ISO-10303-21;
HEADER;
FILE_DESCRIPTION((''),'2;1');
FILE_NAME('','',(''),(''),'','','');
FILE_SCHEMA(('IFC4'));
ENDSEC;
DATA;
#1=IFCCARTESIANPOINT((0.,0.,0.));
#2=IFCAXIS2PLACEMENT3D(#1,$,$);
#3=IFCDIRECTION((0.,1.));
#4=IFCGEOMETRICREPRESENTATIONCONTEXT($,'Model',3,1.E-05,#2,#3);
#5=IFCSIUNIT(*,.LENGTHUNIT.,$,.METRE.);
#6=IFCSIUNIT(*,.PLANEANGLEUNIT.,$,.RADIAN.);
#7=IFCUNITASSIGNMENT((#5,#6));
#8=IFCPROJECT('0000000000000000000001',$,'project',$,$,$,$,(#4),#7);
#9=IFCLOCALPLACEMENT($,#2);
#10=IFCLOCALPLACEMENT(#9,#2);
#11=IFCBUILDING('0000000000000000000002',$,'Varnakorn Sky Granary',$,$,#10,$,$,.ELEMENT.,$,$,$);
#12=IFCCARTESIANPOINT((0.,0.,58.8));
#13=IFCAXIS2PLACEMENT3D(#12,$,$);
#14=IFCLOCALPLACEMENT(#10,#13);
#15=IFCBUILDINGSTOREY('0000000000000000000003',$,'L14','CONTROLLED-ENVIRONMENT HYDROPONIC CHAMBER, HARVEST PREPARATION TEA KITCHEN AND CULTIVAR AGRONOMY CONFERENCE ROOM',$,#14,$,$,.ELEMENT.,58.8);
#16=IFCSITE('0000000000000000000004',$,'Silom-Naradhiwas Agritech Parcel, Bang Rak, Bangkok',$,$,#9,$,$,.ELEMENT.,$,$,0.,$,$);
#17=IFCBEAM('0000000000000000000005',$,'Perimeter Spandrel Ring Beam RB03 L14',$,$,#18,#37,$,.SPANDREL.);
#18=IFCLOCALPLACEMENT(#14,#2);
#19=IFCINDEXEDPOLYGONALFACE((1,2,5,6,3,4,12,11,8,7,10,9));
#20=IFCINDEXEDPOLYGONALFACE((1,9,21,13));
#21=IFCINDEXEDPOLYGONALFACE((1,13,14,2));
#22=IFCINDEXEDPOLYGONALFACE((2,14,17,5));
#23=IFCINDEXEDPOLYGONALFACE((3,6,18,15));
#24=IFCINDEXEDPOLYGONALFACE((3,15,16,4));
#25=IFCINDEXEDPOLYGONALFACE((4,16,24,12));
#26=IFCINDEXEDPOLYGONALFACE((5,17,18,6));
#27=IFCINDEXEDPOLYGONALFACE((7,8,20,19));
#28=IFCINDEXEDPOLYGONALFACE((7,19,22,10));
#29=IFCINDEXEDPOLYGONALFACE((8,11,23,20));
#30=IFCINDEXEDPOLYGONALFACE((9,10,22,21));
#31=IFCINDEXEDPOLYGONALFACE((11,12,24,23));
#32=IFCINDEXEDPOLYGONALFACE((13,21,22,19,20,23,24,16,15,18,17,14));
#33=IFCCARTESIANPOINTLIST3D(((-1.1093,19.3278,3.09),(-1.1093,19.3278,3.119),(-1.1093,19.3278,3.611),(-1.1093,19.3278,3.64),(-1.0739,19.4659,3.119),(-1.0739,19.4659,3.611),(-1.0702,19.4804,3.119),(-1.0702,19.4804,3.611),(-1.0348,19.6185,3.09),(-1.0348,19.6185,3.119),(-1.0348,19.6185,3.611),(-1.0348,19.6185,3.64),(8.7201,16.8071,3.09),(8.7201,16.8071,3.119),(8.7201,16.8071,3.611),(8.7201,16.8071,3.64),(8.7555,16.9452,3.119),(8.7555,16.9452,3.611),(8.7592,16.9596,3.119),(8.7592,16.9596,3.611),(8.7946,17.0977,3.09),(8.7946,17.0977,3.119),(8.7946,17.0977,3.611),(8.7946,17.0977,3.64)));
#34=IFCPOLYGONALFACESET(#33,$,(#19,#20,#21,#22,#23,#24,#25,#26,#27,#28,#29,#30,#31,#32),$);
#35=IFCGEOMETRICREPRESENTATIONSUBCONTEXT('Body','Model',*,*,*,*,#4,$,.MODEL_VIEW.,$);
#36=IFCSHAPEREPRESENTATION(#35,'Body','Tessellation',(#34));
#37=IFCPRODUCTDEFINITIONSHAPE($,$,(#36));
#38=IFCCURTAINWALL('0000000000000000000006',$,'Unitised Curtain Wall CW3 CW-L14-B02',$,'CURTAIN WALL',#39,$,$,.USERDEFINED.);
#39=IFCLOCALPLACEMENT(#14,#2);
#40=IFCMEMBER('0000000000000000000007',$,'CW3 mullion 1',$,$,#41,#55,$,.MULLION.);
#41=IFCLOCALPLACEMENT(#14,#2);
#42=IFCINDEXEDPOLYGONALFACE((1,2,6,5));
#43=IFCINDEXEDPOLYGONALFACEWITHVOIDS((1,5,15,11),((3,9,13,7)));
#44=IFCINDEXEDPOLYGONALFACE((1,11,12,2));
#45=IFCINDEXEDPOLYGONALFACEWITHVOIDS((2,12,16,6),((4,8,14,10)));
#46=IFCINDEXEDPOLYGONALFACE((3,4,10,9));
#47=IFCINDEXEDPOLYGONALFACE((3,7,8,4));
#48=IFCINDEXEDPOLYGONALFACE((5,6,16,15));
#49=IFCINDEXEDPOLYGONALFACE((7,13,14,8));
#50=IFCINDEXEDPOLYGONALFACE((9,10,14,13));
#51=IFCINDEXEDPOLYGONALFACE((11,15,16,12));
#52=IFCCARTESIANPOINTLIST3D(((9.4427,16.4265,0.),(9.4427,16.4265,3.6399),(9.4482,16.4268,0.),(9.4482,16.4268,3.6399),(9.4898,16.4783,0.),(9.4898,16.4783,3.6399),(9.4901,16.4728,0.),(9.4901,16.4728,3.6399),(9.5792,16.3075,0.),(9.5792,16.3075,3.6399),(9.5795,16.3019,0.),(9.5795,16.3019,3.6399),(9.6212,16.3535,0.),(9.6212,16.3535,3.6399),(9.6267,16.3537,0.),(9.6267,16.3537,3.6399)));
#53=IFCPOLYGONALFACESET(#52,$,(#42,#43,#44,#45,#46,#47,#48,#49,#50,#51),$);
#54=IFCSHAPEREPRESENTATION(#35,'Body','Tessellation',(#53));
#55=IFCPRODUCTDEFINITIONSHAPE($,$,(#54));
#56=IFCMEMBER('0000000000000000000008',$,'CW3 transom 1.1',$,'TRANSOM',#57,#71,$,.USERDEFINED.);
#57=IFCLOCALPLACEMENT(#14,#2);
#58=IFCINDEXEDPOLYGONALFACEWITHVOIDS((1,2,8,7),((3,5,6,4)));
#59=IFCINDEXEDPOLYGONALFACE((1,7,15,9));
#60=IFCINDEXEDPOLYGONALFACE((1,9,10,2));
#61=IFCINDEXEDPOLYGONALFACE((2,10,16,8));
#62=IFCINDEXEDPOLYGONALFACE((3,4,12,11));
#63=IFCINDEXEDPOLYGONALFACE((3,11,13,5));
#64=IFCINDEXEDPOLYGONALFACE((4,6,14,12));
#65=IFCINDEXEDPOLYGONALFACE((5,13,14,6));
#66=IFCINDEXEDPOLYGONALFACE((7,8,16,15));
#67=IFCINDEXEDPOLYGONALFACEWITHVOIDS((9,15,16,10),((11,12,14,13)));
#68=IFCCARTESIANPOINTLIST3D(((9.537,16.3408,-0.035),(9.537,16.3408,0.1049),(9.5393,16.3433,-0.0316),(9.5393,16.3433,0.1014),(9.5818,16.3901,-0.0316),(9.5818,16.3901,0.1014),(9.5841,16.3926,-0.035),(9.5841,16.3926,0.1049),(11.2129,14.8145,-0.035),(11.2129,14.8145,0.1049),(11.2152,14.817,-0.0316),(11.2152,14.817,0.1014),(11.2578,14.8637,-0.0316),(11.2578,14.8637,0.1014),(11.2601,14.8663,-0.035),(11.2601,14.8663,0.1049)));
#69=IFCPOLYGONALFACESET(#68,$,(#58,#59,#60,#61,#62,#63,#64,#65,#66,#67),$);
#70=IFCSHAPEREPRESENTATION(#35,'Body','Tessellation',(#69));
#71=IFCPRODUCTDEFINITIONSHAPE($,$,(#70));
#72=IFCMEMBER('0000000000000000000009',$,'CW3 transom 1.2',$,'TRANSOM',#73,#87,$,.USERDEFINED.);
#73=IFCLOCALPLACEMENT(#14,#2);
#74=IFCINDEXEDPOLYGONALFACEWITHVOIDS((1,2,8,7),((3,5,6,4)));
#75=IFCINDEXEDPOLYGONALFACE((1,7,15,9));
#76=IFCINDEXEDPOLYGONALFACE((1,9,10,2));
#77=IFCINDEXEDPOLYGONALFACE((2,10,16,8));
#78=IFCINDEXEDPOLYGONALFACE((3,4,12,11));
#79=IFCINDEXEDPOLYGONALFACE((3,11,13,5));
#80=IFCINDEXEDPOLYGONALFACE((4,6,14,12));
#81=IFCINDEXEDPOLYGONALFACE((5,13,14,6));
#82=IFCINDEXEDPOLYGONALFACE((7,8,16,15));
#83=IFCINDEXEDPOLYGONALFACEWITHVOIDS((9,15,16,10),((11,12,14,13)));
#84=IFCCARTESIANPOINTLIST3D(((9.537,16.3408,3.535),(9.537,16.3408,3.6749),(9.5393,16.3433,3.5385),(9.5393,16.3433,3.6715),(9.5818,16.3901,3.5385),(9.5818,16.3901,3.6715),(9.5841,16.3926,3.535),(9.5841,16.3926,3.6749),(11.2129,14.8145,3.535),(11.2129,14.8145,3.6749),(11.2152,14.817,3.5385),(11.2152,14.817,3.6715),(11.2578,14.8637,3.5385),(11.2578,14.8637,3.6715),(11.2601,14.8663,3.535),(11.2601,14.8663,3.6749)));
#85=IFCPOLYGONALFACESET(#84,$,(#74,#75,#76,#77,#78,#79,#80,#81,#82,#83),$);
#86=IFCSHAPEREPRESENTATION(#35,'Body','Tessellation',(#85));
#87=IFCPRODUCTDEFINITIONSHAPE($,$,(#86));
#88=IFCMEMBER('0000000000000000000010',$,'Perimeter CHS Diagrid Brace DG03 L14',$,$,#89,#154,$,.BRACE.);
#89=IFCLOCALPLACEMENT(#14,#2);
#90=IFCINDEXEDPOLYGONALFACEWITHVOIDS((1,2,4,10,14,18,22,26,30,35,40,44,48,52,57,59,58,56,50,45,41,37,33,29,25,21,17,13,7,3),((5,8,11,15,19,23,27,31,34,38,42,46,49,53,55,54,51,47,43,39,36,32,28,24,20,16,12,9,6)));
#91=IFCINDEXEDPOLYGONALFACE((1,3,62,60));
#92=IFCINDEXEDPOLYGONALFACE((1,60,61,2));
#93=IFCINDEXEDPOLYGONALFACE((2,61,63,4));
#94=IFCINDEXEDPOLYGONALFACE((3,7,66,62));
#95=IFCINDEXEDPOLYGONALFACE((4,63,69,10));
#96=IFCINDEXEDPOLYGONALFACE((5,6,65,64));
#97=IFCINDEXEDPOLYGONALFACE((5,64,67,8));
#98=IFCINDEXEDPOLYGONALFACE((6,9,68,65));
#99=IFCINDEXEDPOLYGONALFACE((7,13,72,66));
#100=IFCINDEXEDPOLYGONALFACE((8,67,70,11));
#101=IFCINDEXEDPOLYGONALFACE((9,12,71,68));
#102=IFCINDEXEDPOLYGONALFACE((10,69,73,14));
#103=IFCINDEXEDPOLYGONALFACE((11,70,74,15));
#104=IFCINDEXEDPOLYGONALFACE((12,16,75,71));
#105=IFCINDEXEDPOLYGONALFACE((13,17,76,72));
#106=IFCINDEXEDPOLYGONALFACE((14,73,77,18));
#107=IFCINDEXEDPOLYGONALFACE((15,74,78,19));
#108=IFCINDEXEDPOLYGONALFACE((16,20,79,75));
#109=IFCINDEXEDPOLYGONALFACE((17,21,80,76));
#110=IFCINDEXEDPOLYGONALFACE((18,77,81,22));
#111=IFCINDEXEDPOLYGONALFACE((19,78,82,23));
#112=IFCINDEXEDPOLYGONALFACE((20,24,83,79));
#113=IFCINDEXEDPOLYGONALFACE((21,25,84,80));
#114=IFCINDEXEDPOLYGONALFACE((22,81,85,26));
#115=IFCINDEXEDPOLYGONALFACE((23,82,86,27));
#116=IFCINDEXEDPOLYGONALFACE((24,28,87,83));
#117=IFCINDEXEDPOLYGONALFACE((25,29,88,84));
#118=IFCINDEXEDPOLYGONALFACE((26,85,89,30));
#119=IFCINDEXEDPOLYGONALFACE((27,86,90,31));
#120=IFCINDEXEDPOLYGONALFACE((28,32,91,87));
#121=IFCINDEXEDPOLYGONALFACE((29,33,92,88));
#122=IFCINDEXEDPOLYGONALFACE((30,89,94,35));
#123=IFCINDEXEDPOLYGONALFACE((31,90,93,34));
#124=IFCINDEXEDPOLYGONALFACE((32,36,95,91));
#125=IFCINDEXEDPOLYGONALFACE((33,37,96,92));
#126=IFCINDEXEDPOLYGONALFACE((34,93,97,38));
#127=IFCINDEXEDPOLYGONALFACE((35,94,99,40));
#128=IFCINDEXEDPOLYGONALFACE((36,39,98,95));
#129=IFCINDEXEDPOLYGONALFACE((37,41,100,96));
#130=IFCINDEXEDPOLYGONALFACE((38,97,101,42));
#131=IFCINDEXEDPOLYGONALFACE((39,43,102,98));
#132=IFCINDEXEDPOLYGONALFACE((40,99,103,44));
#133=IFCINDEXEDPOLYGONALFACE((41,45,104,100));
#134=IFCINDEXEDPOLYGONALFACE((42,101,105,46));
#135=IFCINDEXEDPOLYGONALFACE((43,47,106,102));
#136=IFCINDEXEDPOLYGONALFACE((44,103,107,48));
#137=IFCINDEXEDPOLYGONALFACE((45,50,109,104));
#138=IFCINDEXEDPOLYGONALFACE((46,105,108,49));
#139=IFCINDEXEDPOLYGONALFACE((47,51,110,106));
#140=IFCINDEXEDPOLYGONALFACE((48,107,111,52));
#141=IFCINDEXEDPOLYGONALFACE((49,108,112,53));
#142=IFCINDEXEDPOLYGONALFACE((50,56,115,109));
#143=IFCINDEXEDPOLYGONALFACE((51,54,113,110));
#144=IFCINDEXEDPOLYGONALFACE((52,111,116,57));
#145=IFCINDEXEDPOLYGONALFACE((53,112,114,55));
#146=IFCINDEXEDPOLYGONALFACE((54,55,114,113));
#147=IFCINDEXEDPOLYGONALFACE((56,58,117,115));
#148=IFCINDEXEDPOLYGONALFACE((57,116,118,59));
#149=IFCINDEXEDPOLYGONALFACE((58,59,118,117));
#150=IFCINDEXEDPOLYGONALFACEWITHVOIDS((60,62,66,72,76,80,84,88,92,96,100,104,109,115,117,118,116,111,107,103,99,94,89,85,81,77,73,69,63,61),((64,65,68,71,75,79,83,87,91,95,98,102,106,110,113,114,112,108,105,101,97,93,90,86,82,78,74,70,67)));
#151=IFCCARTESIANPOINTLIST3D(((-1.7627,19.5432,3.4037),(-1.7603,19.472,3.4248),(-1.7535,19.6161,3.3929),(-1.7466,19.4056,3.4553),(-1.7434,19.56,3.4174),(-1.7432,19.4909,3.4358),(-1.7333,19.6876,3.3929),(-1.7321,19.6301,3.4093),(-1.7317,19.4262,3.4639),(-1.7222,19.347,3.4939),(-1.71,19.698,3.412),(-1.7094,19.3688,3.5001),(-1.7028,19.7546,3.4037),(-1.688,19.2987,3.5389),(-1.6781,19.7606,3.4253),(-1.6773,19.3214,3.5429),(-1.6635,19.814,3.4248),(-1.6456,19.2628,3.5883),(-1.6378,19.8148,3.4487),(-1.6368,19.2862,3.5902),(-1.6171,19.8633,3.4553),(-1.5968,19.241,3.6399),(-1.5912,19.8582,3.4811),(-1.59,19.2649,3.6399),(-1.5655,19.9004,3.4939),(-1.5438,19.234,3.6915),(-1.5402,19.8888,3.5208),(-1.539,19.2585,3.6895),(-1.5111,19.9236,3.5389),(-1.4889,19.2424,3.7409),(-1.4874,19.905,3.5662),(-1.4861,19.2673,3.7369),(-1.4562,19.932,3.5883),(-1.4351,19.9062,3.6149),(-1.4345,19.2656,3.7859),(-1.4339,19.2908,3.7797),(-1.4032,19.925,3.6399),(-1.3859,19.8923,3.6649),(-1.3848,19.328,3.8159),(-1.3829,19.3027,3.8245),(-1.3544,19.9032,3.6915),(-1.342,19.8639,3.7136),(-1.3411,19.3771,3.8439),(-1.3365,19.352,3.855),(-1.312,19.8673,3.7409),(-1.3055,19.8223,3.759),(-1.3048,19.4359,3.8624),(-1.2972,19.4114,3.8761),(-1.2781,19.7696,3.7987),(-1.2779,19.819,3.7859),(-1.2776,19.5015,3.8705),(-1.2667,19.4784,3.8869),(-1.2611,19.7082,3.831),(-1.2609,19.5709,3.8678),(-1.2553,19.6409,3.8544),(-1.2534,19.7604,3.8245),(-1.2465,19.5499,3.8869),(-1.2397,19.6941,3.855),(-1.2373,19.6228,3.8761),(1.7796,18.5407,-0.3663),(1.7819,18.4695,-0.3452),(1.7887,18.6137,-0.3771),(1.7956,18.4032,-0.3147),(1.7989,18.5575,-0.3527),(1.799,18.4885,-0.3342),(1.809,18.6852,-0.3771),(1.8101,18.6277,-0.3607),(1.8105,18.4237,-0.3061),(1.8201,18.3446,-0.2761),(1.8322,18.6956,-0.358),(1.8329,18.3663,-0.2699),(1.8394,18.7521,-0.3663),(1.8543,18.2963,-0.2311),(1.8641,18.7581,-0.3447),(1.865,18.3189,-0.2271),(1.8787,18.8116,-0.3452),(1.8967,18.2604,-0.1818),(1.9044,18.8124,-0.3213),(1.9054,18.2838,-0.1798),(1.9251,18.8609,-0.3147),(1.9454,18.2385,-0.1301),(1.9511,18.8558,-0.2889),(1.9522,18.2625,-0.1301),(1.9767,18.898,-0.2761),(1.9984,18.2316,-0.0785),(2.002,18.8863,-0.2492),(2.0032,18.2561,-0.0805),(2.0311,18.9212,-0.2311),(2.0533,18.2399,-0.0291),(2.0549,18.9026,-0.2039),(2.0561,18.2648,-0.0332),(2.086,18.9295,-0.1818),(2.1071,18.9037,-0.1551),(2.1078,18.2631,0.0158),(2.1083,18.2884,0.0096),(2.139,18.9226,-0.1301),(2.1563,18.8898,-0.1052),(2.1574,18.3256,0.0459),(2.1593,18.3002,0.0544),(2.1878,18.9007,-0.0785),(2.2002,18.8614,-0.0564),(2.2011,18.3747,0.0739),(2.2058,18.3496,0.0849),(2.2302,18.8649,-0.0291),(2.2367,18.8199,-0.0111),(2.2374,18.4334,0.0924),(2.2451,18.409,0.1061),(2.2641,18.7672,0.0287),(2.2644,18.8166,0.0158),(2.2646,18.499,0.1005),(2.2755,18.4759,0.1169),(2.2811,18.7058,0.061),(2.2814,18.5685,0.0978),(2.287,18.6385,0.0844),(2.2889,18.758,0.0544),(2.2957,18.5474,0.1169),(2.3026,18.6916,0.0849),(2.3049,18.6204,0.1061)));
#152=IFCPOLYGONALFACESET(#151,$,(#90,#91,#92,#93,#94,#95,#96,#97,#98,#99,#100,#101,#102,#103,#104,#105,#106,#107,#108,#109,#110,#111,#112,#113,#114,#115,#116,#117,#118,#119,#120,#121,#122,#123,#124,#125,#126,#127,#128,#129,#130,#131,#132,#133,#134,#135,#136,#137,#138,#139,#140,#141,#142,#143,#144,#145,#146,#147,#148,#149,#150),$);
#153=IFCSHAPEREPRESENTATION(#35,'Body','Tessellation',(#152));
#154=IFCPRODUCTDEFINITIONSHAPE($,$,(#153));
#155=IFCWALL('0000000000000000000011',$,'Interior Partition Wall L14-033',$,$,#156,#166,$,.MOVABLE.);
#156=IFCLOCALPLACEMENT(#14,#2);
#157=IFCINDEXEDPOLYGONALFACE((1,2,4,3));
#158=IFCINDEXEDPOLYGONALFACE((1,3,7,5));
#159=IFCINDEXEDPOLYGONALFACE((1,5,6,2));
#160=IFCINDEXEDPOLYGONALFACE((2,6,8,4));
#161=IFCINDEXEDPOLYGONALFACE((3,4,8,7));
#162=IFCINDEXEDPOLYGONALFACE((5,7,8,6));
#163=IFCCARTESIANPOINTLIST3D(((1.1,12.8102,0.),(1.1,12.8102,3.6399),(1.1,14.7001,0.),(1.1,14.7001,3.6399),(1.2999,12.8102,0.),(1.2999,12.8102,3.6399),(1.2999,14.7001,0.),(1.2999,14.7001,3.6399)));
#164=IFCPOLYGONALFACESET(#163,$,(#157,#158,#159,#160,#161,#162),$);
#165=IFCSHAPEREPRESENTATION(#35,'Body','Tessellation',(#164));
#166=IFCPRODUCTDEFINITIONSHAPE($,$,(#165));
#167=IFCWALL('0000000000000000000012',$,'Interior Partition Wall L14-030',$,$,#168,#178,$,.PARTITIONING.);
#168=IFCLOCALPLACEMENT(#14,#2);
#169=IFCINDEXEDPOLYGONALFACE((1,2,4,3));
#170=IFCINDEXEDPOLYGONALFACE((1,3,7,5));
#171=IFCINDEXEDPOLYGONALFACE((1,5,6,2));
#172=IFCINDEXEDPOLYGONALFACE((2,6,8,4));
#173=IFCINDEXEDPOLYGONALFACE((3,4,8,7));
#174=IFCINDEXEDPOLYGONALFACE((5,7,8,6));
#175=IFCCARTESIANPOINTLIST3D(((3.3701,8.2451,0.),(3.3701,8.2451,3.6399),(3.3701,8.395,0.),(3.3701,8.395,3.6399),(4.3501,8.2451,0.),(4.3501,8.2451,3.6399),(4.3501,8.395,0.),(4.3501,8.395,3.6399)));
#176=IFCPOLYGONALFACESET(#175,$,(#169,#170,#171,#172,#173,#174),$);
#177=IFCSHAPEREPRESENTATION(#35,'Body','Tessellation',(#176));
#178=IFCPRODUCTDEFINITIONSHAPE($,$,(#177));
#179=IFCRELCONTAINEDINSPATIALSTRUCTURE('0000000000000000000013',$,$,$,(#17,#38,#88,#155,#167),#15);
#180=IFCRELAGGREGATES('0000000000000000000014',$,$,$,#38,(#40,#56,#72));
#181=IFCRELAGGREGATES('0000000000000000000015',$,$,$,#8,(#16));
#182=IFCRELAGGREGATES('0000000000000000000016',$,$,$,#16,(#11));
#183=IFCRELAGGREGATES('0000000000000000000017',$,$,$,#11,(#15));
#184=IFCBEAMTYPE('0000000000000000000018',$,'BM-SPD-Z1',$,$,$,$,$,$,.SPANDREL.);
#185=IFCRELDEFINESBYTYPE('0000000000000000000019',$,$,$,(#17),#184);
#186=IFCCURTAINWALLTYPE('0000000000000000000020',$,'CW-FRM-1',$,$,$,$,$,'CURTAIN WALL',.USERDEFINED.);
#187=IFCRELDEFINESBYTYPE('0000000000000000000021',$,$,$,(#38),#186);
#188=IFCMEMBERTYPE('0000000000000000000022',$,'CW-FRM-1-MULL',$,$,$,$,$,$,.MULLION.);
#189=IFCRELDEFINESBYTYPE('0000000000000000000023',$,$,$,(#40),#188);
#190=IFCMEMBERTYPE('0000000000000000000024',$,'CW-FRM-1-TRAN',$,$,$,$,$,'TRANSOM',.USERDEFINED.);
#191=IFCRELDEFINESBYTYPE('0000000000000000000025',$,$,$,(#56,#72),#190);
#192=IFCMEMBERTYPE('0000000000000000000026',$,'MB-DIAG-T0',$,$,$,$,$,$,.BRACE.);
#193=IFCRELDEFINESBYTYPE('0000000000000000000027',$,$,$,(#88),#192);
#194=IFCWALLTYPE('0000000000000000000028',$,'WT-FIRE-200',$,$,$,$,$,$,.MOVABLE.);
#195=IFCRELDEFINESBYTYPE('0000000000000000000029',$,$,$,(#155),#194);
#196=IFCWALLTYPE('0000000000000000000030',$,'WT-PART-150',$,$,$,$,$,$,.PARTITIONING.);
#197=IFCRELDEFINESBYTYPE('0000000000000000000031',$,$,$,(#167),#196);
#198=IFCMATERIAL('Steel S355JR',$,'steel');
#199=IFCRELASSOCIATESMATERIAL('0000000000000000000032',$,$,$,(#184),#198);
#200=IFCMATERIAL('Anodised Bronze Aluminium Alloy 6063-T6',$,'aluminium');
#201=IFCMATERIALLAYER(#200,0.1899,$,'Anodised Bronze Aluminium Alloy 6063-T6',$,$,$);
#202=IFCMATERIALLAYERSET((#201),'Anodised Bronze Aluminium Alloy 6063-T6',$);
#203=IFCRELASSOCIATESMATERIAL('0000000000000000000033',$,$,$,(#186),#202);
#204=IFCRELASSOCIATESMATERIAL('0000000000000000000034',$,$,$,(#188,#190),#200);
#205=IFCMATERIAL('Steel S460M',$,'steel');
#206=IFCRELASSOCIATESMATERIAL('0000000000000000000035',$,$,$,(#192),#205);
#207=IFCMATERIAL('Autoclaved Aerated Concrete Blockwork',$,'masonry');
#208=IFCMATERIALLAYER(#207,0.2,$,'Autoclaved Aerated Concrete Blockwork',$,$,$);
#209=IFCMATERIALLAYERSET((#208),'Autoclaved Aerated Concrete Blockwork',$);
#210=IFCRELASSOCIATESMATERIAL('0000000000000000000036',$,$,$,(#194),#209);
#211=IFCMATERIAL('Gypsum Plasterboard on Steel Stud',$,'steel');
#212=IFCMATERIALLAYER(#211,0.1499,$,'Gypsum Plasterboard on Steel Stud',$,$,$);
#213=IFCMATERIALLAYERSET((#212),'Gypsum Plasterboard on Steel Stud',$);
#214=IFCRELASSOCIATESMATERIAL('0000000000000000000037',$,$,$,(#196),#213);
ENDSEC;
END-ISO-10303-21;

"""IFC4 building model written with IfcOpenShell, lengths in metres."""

from ifc_helpers import new_model, si_unit, direction, frame, frame_2d, origin, origin_2d, place, context, subcontext, project, spatial, rectangle, hollow_rectangle, hollow_circle, i_section, extrude, material, layer, layer_set, material_profile, profile_set, type_object, element, aggregate, save


model = new_model("IFC4")

# Units and contexts
model_context = context("Model", 3, precision=1e-05, world=origin(), true_north=direction((0.0, 1.0)))
body_context = subcontext(model_context, "Body", "Model", "MODEL_VIEW")
ifc_project = project(units=[si_unit("LENGTHUNIT", "METRE"), si_unit("PLANEANGLEUNIT", "RADIAN")], contexts=[model_context])

# Site, building, storey
site_placement = place(None, origin())
site = spatial("IfcSite", under=ifc_project, at=site_placement, Name="Silom-Naradhiwas Agritech Parcel, Bang Rak, Bangkok", CompositionType="ELEMENT", RefElevation=0.0)
building_placement = place(site_placement, origin())
building = spatial("IfcBuilding", under=site, at=building_placement, Name="Varnakorn Sky Granary", CompositionType="ELEMENT")
storey_placement = place(building_placement, frame((0.0, 0.0, 58.8)))
storey = spatial("IfcBuildingStorey", under=building, at=storey_placement, Name="L14", Description="CONTROLLED-ENVIRONMENT HYDROPONIC CHAMBER, HARVEST PREPARATION TEA KITCHEN AND CULTIVAR AGRONOMY CONFERENCE ROOM", CompositionType="ELEMENT", Elevation=58.8)

# Shared definitions
ifc_material_1 = material(Name="Steel S460M", Category="steel")

# Beam
ifc_material_2 = material(Name="Steel S355JR", Category="steel")
ifc_material_profile_1 = material_profile(ifc_material_2, i_section(OverallWidth=0.3, OverallDepth=0.55, WebThickness=0.0149, FlangeThickness=0.0291, at=origin_2d()), Name="HE 550 B")
ifc_profile_set_1 = profile_set([ifc_material_profile_1], Name="Steel S355JR")
beam_type_1 = type_object("IfcBeamType", Name="BM-SPD-Z1", PredefinedType="SPANDREL", material=ifc_profile_set_1)
beam_1_placement = place(storey_placement, frame((8.7573, 16.9524, 3.365), z_axis=(-0.968654, 0.248413, 0.0), x_axis=(-0.248413, -0.968654, 0.0)))
element("IfcBeam", 1, at=beam_1_placement, inside=storey, type_object=beam_type_1, Name="Perimeter Spandrel Ring Beam RB03 L14", PredefinedType="SPANDREL", context=body_context, shape_type="SweptSolid", body=[
    extrude(i_section(OverallWidth=0.3, OverallDepth=0.55, WebThickness=0.0149, FlangeThickness=0.0291, at=origin_2d()), origin(), (0.0, 0.0, 1.0), 10.1475),
])

# Curtain wall, members
ifc_material_3 = material(Name="Anodised Bronze Aluminium Alloy 6063-T6", Category="aluminium")
ifc_layer_1 = layer(ifc_material_3, 0.1899, Name="Anodised Bronze Aluminium Alloy 6063-T6")
ifc_layer_set_1 = layer_set([ifc_layer_1], Name="Anodised Bronze Aluminium Alloy 6063-T6")
curtain_wall_type = type_object("IfcCurtainWallType", Name="CW-FRM-1", ElementType="CURTAIN WALL", PredefinedType="USERDEFINED", material=ifc_layer_set_1)
curtain_wall_placement = place(storey_placement, origin())
curtain_wall = element("IfcCurtainWall", 2, at=curtain_wall_placement, inside=storey, type_object=curtain_wall_type, Name="Unitised Curtain Wall CW3 CW-L14-B02", ObjectType="CURTAIN WALL", PredefinedType="USERDEFINED")
ifc_material_profile_2 = material_profile(ifc_material_3, hollow_rectangle(XDim=0.0701, YDim=0.1851, WallThickness=0.0039, at=origin_2d()), Name="ALU MULL 70x185")
ifc_profile_set_2 = profile_set([ifc_material_profile_2], Name="Anodised Bronze Aluminium Alloy 6063-T6")
member_type_1 = type_object("IfcMemberType", Name="CW-FRM-1-MULL", PredefinedType="MULLION", material=ifc_profile_set_2)
member_1_placement = place(storey_placement, frame((9.5347, 16.3901, 0.0), z_axis=(0.0, 0.0, 1.0), x_axis=(0.673319, 0.739352, 0.0)))
member_1 = element("IfcMember", 3, at=member_1_placement, type_object=member_type_1, Name="CW3 mullion 1", PredefinedType="MULLION", context=body_context, shape_type="SweptSolid", body=[
    extrude(hollow_rectangle(XDim=0.0701, YDim=0.1851, WallThickness=0.0039, at=origin_2d()), origin(), (0.0, 0.0, 1.0), 3.6399),
])
ifc_material_profile_3 = material_profile(ifc_material_3, hollow_rectangle(XDim=0.0701, YDim=0.1399, WallThickness=0.0034, at=origin_2d()), Name="ALU TRAN 70x140")
ifc_profile_set_3 = profile_set([ifc_material_profile_3], Name="Anodised Bronze Aluminium Alloy 6063-T6")
member_type_2 = type_object("IfcMemberType", Name="CW-FRM-1-TRAN", ElementType="TRANSOM", PredefinedType="USERDEFINED", material=ifc_profile_set_3)
member_2_placement = place(storey_placement, frame((9.5605, 16.3667, 0.0349), z_axis=(0.739345, -0.673327, 0.0), x_axis=(0.673327, 0.739345, 0.0)))
member_2 = element("IfcMember", 4, at=member_2_placement, type_object=member_type_2, Name="CW3 transom 1.1", ObjectType="TRANSOM", PredefinedType="USERDEFINED", context=body_context, shape_type="SweptSolid", body=[
    extrude(hollow_rectangle(XDim=0.0701, YDim=0.1399, WallThickness=0.0034, at=origin_2d()), origin(), (0.0, 0.0, 1.0), 2.2668),
])
member_3_placement = place(storey_placement, frame((9.5605, 16.3667, 3.605), z_axis=(0.739345, -0.673327, 0.0), x_axis=(0.673327, 0.739345, 0.0)))
member_3 = element("IfcMember", 5, at=member_3_placement, type_object=member_type_2, Name="CW3 transom 1.2", ObjectType="TRANSOM", PredefinedType="USERDEFINED", context=body_context, shape_type="SweptSolid", body=[
    extrude(hollow_rectangle(XDim=0.0701, YDim=0.1399, WallThickness=0.0034, at=origin_2d()), origin(), (0.0, 0.0, 1.0), 2.2668),
])
aggregate(curtain_wall, [member_1, member_2, member_3])

# Member
ifc_material_profile_4 = material_profile(ifc_material_1, hollow_circle(Radius=0.3555, WallThickness=0.0249, at=origin_2d()), Name="CHS 711x25")
ifc_profile_set_4 = profile_set([ifc_material_profile_4], Name="Steel S460M")
member_type_3 = type_object("IfcMemberType", Name="MB-DIAG-T0", PredefinedType="BRACE", material=ifc_profile_set_4)
member_4_placement = place(storey_placement, frame((2.0422, 18.5806, -0.1301), z_axis=(-0.672242, 0.190242, 0.715471), x_axis=(-0.272303, -0.962212, 0.0)))
element("IfcMember", 6, at=member_4_placement, inside=storey, type_object=member_type_3, Name="Perimeter CHS Diagrid Brace DG03 L14", PredefinedType="BRACE", context=body_context, shape_type="SweptSolid", body=[
    extrude(hollow_circle(Radius=0.3555, WallThickness=0.0249, at=origin_2d()), origin(), (0.0, 0.0, 1.0), 5.2693),
])

# Walls
ifc_material_4 = material(Name="Autoclaved Aerated Concrete Blockwork", Category="masonry")
ifc_layer_2 = layer(ifc_material_4, 0.2, Name="Autoclaved Aerated Concrete Blockwork")
ifc_layer_set_2 = layer_set([ifc_layer_2], Name="Autoclaved Aerated Concrete Blockwork")
wall_type_1 = type_object("IfcWallType", Name="WT-FIRE-200", PredefinedType="MOVABLE", material=ifc_layer_set_2)
wall_1_placement = place(storey_placement, frame((1.2, 14.7, 0.0), z_axis=(0.0, 0.0, 1.0), x_axis=(0.0, -1.0, 0.0)))
element("IfcWall", 7, at=wall_1_placement, inside=storey, type_object=wall_type_1, Name="Interior Partition Wall L14-033", PredefinedType="MOVABLE", context=body_context, shape_type="SweptSolid", body=[
    extrude(rectangle(XDim=1.8899, YDim=0.2, at=frame_2d((0.9448, 0.0))), origin(), (0.0, 0.0, 1.0), 3.6399),
])
ifc_material_5 = material(Name="Gypsum Plasterboard on Steel Stud", Category="steel")
ifc_layer_3 = layer(ifc_material_5, 0.1499, Name="Gypsum Plasterboard on Steel Stud")
ifc_layer_set_3 = layer_set([ifc_layer_3], Name="Gypsum Plasterboard on Steel Stud")
wall_type_2 = type_object("IfcWallType", Name="WT-PART-150", PredefinedType="PARTITIONING", material=ifc_layer_set_3)
for number, where, z_axis, x_axis, name in (
    (8, (3.3701, 8.3201, 0.0), (0.0, 0.0, 1.0), (1.0, 0.0, 0.0), "Interior Partition Wall L14-030"),
):
    element("IfcWall", number, at=place(storey_placement, frame(where, z_axis=z_axis, x_axis=x_axis)), inside=storey, type_object=wall_type_2, Name=name, PredefinedType="PARTITIONING", context=body_context, shape_type="SweptSolid", body=[
        extrude(rectangle(XDim=0.98, YDim=0.1499, at=frame_2d((0.49, 0.0))), origin(), (0.0, 0.0, 1.0), 3.6399),
    ])

save(model, "model.ifc")
